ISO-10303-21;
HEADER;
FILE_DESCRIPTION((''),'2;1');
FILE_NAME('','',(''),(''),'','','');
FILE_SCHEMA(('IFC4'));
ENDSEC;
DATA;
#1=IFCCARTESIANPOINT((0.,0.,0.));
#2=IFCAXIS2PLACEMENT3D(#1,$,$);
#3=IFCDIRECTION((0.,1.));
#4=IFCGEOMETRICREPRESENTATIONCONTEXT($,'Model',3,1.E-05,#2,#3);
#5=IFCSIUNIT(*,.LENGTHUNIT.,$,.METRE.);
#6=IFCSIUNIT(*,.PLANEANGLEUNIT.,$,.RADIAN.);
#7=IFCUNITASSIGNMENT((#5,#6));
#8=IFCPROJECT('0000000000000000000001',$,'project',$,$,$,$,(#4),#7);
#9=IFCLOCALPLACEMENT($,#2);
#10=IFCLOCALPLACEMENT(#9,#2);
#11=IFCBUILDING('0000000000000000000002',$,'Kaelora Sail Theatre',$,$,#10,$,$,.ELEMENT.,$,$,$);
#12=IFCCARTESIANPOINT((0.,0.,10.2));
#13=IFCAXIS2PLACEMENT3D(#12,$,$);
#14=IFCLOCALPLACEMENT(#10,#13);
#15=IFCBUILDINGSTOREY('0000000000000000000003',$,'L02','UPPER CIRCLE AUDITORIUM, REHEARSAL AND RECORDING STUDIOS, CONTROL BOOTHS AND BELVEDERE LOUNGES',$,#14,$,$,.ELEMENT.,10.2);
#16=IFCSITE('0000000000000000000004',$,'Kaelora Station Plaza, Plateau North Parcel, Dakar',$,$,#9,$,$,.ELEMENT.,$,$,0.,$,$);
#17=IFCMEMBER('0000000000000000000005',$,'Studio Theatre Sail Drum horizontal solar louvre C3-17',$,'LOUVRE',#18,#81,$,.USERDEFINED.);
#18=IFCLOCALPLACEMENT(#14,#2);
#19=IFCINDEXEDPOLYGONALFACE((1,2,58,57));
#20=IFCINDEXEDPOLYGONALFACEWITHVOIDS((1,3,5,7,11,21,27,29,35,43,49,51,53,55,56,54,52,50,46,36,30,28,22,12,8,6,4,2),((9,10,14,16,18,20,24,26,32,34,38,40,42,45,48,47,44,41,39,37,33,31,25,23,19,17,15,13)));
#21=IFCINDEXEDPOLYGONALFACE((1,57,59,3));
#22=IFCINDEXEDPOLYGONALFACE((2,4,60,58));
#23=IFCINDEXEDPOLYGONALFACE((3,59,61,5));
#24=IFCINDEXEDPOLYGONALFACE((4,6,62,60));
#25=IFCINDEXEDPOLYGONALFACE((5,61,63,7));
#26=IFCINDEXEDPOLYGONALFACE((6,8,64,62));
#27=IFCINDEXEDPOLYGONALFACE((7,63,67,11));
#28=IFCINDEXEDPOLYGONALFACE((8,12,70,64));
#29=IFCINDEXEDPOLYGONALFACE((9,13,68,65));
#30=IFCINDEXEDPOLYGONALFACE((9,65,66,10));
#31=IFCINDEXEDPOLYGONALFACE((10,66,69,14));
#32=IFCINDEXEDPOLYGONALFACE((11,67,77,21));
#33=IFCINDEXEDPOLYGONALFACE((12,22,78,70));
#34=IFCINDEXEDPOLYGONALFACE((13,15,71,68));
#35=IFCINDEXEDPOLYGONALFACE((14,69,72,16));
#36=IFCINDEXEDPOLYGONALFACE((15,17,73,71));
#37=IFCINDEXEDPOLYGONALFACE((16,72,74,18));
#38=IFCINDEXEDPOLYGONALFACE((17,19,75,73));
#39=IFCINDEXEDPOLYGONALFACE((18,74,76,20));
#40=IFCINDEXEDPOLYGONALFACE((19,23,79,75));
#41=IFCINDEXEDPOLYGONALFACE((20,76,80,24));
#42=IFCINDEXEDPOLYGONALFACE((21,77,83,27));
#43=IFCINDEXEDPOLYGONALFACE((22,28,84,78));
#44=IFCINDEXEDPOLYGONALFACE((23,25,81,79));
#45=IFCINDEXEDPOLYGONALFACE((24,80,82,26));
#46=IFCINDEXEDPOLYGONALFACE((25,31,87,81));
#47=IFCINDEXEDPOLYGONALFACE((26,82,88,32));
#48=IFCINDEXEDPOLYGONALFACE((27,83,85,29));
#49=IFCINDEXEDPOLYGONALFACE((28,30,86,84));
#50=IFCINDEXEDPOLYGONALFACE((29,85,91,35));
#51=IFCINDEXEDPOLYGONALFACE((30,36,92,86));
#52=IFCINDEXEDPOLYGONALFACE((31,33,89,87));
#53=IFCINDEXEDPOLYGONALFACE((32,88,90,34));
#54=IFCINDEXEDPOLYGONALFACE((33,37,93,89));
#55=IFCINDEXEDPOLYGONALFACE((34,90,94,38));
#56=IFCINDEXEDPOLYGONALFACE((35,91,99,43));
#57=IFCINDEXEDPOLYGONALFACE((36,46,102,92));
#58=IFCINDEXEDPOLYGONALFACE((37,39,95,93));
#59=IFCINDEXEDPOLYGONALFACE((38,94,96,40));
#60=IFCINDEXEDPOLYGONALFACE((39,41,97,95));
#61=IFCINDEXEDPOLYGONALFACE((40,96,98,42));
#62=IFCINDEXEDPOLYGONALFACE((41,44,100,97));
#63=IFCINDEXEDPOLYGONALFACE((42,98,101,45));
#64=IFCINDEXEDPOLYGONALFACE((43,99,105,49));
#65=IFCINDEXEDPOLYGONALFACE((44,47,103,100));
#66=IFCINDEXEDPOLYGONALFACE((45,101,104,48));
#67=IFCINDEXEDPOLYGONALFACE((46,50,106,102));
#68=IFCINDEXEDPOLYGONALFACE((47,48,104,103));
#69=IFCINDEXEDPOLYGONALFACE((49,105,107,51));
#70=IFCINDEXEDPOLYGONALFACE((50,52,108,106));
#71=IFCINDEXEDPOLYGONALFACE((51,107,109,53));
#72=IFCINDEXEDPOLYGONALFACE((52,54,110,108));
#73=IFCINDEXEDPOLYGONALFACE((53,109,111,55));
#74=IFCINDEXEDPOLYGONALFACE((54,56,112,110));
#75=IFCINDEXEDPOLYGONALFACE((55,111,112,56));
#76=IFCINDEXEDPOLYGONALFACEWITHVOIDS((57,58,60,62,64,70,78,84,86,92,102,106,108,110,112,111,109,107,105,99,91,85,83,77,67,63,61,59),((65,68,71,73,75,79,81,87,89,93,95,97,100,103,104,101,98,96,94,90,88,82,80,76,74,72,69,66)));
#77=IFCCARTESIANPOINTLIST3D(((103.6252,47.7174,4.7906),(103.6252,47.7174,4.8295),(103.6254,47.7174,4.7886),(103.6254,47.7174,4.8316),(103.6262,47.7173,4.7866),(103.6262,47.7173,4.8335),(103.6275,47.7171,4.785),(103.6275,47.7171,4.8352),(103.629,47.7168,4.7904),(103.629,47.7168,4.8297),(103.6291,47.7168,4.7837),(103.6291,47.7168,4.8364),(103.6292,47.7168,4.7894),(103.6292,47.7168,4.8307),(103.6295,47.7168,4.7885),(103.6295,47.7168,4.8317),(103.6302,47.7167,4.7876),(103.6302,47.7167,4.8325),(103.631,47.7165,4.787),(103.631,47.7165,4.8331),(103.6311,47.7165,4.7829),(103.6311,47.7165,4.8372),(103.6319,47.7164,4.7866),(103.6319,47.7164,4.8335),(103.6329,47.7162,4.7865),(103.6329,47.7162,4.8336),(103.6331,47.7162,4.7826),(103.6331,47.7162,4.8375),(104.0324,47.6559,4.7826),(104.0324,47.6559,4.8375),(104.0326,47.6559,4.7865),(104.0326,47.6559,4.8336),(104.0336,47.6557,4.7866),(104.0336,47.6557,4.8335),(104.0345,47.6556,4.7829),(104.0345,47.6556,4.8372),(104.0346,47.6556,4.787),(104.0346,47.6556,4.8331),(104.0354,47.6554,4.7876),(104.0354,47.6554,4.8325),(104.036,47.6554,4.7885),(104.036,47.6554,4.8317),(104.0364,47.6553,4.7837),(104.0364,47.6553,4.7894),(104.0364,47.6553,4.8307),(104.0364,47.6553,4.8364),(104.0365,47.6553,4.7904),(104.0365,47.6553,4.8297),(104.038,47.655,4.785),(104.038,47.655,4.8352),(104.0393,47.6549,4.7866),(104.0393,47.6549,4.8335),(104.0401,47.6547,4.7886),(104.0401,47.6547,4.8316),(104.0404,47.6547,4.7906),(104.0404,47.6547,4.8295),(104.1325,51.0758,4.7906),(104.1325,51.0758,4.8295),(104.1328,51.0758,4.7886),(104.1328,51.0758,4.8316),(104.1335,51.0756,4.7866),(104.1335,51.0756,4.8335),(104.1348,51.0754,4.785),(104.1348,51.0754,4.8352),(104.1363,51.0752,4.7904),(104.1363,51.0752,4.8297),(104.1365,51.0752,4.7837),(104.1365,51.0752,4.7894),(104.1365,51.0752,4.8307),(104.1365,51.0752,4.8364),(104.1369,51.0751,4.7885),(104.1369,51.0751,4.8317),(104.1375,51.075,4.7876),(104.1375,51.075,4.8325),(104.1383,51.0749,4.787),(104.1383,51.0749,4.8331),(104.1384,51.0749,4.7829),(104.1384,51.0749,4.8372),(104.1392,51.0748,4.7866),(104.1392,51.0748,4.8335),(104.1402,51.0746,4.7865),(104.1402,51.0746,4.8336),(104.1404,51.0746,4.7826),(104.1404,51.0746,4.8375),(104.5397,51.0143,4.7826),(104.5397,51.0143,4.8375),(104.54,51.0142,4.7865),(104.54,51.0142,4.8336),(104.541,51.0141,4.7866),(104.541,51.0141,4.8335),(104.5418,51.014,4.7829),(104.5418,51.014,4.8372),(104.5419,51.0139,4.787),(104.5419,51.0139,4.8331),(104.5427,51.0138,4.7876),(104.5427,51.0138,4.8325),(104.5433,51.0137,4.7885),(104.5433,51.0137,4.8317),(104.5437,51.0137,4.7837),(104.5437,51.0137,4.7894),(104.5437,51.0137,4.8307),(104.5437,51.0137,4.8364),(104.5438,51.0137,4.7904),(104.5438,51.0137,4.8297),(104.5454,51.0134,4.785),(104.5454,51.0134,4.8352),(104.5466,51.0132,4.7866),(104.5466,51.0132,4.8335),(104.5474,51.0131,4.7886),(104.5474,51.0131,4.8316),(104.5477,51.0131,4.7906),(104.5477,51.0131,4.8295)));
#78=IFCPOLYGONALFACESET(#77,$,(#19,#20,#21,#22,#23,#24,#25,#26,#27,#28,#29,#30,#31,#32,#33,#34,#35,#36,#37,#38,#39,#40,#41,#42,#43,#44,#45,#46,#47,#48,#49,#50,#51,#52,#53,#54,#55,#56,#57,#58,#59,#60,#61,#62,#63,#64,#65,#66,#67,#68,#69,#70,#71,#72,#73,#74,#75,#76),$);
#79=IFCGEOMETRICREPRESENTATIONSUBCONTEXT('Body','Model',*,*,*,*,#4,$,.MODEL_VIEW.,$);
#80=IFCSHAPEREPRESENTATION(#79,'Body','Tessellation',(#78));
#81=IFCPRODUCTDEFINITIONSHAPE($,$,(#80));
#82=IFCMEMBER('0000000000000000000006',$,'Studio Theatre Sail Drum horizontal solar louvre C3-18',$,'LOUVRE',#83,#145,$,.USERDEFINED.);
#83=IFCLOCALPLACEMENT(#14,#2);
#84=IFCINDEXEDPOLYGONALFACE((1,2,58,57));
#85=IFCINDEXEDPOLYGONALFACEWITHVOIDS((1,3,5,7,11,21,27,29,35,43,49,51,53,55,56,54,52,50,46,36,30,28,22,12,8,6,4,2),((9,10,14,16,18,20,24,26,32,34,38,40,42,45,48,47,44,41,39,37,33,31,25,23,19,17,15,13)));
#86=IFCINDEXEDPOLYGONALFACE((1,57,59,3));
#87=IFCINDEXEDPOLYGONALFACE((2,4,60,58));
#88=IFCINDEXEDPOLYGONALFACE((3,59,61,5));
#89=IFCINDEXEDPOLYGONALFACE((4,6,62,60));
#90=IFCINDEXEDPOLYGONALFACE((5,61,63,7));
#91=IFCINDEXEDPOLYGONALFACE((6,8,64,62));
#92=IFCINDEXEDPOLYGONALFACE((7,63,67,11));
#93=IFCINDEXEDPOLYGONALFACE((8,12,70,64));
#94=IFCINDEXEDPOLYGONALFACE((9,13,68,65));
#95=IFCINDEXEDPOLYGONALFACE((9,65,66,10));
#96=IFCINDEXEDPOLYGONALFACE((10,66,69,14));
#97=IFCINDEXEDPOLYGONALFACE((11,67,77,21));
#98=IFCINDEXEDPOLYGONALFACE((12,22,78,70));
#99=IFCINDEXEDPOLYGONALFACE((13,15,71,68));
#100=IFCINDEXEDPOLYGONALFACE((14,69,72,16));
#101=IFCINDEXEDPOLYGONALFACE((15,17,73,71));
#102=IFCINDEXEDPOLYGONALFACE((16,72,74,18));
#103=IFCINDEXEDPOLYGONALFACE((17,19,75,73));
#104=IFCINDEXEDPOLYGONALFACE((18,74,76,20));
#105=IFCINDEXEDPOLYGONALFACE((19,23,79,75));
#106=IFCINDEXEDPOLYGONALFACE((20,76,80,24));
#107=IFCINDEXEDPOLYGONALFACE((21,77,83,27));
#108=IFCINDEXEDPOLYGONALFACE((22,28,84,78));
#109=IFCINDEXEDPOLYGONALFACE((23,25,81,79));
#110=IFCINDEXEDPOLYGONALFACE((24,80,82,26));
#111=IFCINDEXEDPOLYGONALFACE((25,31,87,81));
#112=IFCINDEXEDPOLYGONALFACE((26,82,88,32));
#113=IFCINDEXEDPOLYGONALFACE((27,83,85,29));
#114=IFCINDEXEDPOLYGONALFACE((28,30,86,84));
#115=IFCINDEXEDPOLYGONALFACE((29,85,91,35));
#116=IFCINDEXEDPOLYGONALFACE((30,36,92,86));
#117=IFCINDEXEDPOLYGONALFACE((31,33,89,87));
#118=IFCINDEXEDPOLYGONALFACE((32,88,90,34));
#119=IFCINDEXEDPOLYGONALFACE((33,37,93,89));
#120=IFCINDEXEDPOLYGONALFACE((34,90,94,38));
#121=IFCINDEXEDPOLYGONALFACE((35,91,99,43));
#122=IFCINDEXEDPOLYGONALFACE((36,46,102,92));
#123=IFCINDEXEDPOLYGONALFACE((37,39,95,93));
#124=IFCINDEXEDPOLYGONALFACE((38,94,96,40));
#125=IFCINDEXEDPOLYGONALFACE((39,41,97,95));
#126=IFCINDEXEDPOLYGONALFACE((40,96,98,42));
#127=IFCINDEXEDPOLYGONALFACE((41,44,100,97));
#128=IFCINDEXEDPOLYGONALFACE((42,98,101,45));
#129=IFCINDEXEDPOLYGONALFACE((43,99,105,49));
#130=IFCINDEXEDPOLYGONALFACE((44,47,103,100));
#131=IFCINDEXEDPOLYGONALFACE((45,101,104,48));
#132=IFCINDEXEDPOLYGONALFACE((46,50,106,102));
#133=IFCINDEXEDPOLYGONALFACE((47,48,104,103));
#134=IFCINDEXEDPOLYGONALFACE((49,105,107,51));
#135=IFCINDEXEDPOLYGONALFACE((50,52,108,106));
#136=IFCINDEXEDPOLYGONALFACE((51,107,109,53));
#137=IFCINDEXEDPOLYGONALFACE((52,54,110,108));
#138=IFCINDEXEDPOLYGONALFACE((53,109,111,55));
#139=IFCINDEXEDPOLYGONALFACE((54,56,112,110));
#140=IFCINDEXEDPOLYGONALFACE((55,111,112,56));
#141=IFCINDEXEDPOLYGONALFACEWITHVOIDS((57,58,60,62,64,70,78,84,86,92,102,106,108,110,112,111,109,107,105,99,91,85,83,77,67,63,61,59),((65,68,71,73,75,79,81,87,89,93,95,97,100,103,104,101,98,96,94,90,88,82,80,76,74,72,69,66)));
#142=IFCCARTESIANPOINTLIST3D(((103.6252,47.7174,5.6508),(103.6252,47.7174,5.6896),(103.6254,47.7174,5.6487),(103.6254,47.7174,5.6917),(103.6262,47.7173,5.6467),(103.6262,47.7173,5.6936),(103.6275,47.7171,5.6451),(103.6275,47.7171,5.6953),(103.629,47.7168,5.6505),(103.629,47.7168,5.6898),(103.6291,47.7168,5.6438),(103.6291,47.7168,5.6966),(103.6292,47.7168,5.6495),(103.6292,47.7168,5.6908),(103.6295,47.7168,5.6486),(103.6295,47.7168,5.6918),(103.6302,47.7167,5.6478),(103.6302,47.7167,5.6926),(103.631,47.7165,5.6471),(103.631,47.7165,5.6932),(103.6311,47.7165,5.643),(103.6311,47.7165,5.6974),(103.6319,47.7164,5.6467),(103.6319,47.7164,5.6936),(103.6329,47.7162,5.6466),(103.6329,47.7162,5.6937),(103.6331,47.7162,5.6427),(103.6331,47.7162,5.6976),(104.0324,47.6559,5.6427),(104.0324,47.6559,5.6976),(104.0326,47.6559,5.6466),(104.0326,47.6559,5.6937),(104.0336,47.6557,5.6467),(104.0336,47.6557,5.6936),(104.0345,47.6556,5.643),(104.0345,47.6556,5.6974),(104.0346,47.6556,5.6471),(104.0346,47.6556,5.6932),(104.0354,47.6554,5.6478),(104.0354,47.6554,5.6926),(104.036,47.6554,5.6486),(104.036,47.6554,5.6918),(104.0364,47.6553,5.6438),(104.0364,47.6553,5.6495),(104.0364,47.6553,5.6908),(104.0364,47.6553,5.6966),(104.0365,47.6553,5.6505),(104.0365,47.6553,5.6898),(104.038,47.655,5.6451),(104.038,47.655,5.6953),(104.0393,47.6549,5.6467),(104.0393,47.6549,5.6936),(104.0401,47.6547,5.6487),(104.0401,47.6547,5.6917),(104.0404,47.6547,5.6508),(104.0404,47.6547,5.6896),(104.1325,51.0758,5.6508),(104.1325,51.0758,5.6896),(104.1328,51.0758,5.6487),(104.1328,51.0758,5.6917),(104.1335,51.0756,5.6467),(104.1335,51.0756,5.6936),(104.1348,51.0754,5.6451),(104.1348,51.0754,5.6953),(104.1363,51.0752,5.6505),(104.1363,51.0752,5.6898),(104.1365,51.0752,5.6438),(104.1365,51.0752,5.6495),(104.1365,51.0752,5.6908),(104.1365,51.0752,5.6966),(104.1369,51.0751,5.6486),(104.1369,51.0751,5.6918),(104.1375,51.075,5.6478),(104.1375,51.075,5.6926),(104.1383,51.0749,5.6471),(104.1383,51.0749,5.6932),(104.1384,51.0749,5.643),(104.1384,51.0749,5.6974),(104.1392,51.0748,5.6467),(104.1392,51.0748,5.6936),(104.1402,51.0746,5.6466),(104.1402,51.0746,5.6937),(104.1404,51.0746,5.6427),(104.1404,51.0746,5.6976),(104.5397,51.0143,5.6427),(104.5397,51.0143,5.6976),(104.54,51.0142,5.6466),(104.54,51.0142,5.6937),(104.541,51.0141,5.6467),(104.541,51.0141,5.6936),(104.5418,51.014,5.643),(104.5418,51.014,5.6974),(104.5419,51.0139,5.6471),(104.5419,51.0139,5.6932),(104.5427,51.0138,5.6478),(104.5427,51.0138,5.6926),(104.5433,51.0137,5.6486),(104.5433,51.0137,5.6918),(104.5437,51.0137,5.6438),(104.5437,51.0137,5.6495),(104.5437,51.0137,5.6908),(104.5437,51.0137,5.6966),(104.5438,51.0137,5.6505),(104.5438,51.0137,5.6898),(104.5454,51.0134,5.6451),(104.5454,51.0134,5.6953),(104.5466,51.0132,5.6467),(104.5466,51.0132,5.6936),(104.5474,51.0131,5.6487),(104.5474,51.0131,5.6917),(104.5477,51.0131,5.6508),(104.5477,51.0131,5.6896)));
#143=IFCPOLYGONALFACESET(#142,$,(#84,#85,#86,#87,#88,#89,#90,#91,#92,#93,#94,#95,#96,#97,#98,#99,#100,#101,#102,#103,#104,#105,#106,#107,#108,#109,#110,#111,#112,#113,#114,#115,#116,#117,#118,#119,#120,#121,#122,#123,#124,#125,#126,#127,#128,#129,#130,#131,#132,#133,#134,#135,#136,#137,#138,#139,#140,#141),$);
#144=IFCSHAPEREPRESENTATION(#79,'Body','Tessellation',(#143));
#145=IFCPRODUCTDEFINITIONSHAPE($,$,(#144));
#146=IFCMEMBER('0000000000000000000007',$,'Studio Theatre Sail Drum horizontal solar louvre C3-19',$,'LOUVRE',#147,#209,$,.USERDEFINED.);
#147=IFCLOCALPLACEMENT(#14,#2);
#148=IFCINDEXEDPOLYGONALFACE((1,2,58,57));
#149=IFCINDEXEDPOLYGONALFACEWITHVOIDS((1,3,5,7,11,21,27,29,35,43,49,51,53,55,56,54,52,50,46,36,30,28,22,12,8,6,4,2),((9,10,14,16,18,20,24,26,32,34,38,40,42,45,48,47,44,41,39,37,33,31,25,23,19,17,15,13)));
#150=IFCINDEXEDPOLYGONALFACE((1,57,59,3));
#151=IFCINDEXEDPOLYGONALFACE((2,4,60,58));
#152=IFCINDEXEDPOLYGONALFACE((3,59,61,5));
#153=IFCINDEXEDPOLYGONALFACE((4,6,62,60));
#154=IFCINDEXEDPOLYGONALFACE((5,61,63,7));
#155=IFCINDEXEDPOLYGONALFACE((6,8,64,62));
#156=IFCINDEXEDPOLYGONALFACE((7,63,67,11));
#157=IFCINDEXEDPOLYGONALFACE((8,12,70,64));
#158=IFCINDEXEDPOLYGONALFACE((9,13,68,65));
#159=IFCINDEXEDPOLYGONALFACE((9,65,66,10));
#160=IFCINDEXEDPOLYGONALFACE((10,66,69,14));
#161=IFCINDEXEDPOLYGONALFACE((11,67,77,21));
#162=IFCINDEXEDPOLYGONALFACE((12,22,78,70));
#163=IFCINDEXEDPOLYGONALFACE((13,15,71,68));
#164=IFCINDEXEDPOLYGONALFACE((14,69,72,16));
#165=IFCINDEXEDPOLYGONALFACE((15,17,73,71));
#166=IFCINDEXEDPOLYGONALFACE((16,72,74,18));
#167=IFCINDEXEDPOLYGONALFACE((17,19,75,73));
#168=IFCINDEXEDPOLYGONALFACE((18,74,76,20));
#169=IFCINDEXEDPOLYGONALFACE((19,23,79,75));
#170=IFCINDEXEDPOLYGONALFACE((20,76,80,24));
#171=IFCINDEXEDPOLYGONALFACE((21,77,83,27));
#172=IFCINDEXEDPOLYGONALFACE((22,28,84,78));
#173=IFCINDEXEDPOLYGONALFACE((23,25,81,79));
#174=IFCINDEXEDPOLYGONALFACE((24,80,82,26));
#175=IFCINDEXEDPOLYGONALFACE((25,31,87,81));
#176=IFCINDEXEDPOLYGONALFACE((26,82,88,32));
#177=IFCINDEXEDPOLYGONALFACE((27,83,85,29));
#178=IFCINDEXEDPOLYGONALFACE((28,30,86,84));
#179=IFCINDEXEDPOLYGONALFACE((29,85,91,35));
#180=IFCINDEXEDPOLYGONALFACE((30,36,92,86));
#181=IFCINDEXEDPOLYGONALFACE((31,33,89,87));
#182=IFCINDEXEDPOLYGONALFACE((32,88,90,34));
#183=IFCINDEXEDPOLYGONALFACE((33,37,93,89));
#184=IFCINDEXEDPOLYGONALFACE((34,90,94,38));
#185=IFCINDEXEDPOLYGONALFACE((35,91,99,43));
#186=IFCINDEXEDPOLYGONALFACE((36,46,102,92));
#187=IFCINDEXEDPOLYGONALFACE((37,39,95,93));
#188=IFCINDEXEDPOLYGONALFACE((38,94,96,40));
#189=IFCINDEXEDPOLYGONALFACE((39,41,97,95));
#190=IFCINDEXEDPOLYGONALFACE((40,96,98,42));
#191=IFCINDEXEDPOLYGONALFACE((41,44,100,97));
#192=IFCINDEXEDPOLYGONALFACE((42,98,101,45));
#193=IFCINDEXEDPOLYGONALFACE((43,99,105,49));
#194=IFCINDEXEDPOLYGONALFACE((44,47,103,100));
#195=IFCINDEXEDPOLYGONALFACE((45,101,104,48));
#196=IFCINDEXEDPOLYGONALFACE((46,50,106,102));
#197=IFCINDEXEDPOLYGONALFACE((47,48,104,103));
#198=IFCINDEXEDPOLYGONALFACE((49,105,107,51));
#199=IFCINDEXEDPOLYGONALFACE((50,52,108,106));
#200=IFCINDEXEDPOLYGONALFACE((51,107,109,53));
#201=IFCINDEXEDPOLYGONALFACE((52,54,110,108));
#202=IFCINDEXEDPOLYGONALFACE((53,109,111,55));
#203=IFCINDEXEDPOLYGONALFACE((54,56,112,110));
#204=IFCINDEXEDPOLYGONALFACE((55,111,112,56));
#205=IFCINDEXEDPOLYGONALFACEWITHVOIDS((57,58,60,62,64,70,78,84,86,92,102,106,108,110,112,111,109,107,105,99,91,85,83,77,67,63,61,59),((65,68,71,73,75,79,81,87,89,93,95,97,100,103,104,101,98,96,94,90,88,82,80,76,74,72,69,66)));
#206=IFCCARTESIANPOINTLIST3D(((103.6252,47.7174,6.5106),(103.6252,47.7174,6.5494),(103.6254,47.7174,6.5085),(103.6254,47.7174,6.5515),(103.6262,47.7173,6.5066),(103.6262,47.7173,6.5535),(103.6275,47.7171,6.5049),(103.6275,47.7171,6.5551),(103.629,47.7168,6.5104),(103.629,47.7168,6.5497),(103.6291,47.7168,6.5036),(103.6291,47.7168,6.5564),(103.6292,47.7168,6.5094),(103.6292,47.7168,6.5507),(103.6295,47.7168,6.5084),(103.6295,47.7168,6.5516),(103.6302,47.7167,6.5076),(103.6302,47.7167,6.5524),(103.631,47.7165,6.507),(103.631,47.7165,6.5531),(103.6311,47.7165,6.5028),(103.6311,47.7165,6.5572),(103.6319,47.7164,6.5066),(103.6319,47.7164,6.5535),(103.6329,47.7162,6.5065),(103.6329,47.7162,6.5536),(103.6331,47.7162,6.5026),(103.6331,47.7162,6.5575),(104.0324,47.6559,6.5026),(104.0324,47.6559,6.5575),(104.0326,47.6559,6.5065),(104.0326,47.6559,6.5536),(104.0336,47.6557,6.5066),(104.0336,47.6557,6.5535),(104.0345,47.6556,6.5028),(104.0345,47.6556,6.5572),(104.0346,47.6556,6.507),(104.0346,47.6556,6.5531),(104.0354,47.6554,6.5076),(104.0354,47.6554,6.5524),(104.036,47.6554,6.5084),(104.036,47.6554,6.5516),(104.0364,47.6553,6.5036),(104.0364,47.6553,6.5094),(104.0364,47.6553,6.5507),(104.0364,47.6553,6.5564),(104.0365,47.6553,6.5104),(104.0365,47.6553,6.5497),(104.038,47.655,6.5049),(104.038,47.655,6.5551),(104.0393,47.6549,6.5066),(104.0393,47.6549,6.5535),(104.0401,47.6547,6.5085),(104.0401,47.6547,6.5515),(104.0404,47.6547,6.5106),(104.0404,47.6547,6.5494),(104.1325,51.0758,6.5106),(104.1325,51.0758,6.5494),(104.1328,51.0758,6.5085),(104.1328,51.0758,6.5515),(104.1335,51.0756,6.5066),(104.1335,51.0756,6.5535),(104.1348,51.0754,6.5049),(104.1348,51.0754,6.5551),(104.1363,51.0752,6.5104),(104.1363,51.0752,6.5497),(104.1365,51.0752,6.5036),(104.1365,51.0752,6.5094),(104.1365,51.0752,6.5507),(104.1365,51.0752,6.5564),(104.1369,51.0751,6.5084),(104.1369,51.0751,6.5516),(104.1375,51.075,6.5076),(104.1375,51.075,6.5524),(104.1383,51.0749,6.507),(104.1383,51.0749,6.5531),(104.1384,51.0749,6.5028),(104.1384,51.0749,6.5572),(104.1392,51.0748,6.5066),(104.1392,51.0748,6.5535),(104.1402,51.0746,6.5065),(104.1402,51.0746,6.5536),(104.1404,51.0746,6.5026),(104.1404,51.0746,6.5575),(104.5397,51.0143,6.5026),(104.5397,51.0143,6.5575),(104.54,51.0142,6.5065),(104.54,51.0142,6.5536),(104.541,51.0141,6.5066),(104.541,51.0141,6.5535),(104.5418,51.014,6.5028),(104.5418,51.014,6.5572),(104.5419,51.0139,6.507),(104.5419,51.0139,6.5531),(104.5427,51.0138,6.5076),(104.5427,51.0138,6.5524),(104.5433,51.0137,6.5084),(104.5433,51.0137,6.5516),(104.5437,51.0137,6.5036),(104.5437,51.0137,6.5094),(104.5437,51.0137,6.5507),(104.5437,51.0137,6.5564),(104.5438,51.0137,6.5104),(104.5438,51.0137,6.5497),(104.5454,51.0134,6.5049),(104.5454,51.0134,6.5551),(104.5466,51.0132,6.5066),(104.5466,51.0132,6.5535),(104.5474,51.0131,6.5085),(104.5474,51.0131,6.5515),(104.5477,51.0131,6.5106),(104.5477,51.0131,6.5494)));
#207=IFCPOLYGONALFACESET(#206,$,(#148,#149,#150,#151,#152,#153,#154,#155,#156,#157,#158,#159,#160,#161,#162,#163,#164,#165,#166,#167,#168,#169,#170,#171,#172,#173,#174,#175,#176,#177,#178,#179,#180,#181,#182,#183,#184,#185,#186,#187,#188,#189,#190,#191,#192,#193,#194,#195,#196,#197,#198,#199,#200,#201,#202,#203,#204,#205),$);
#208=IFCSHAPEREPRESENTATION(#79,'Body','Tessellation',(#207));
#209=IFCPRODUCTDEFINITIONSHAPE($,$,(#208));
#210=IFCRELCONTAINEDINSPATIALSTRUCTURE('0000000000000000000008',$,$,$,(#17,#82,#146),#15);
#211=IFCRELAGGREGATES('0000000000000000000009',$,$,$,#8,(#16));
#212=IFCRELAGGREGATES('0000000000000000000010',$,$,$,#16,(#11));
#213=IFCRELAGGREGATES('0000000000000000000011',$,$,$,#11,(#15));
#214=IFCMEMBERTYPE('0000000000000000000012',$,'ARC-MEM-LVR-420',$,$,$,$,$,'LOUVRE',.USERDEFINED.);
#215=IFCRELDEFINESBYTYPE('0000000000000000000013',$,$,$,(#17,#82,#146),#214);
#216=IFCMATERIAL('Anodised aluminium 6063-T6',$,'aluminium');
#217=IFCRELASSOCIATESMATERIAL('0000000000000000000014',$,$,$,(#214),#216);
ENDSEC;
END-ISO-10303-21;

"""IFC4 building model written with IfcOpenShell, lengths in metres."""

from ifc_helpers import new_model, si_unit, direction, frame, origin, origin_2d, place, context, subcontext, project, spatial, hollow_rectangle, extrude, material, material_profile, profile_set, type_object, element, save


model = new_model("IFC4")

# Units and contexts
model_context = context("Model", 3, precision=1e-05, world=origin(), true_north=direction((0.0, 1.0)))
body_context = subcontext(model_context, "Body", "Model", "MODEL_VIEW")
ifc_project = project(units=[si_unit("LENGTHUNIT", "METRE"), si_unit("PLANEANGLEUNIT", "RADIAN")], contexts=[model_context])

# Site, building, storey
site_placement = place(None, origin())
site = spatial("IfcSite", under=ifc_project, at=site_placement, Name="Kaelora Station Plaza, Plateau North Parcel, Dakar", CompositionType="ELEMENT", RefElevation=0.0)
building_placement = place(site_placement, origin())
building = spatial("IfcBuilding", under=site, at=building_placement, Name="Kaelora Sail Theatre", CompositionType="ELEMENT")
storey_placement = place(building_placement, frame((0.0, 0.0, 10.2)))
storey = spatial("IfcBuildingStorey", under=building, at=storey_placement, Name="L02", Description="UPPER CIRCLE AUDITORIUM, REHEARSAL AND RECORDING STUDIOS, CONTROL BOOTHS AND BELVEDERE LOUNGES", CompositionType="ELEMENT", Elevation=10.2)

# Members
ifc_material_1 = material(Name="Anodised aluminium 6063-T6", Category="aluminium")
ifc_material_profile_1 = material_profile(ifc_material_1, hollow_rectangle(XDim=0.4199, YDim=0.0549, WallThickness=0.0039, InnerFilletRadius=0.0039, OuterFilletRadius=0.0081, at=origin_2d()), Name="LOUVRE 420x55x4")
ifc_profile_set_1 = profile_set([ifc_material_profile_1], Name="Anodised aluminium 6063-T6")
member_type = type_object("IfcMemberType", Name="ARC-MEM-LVR-420", ElementType="LOUVRE", PredefinedType="USERDEFINED", material=ifc_profile_set_1)
for number, where, z_axis, x_axis, name in (
    (1, (104.3401, 51.0444, 4.8101), (-0.149367, -0.988782, 0.0), (0.988782, -0.149367, 0.0), "Studio Theatre Sail Drum horizontal solar louvre C3-17"),
    (2, (104.3401, 51.0444, 5.6702), (-0.149367, -0.988782, 0.0), (0.988782, -0.149367, 0.0), "Studio Theatre Sail Drum horizontal solar louvre C3-18"),
    (3, (104.3401, 51.0444, 6.53), (-0.149367, -0.988782, 0.0), (0.988782, -0.149367, 0.0), "Studio Theatre Sail Drum horizontal solar louvre C3-19"),
):
    element("IfcMember", number, at=place(storey_placement, frame(where, z_axis=z_axis, x_axis=x_axis)), inside=storey, type_object=member_type, Name=name, ObjectType="LOUVRE", PredefinedType="USERDEFINED", context=body_context, shape_type="SweptSolid", body=[
        extrude(hollow_rectangle(XDim=0.4199, YDim=0.0549, WallThickness=0.0039, InnerFilletRadius=0.0039, OuterFilletRadius=0.0081, at=origin_2d()), origin(), (0.0, 0.0, 1.0), 3.3965),
    ])

save(model, "model.ifc")
